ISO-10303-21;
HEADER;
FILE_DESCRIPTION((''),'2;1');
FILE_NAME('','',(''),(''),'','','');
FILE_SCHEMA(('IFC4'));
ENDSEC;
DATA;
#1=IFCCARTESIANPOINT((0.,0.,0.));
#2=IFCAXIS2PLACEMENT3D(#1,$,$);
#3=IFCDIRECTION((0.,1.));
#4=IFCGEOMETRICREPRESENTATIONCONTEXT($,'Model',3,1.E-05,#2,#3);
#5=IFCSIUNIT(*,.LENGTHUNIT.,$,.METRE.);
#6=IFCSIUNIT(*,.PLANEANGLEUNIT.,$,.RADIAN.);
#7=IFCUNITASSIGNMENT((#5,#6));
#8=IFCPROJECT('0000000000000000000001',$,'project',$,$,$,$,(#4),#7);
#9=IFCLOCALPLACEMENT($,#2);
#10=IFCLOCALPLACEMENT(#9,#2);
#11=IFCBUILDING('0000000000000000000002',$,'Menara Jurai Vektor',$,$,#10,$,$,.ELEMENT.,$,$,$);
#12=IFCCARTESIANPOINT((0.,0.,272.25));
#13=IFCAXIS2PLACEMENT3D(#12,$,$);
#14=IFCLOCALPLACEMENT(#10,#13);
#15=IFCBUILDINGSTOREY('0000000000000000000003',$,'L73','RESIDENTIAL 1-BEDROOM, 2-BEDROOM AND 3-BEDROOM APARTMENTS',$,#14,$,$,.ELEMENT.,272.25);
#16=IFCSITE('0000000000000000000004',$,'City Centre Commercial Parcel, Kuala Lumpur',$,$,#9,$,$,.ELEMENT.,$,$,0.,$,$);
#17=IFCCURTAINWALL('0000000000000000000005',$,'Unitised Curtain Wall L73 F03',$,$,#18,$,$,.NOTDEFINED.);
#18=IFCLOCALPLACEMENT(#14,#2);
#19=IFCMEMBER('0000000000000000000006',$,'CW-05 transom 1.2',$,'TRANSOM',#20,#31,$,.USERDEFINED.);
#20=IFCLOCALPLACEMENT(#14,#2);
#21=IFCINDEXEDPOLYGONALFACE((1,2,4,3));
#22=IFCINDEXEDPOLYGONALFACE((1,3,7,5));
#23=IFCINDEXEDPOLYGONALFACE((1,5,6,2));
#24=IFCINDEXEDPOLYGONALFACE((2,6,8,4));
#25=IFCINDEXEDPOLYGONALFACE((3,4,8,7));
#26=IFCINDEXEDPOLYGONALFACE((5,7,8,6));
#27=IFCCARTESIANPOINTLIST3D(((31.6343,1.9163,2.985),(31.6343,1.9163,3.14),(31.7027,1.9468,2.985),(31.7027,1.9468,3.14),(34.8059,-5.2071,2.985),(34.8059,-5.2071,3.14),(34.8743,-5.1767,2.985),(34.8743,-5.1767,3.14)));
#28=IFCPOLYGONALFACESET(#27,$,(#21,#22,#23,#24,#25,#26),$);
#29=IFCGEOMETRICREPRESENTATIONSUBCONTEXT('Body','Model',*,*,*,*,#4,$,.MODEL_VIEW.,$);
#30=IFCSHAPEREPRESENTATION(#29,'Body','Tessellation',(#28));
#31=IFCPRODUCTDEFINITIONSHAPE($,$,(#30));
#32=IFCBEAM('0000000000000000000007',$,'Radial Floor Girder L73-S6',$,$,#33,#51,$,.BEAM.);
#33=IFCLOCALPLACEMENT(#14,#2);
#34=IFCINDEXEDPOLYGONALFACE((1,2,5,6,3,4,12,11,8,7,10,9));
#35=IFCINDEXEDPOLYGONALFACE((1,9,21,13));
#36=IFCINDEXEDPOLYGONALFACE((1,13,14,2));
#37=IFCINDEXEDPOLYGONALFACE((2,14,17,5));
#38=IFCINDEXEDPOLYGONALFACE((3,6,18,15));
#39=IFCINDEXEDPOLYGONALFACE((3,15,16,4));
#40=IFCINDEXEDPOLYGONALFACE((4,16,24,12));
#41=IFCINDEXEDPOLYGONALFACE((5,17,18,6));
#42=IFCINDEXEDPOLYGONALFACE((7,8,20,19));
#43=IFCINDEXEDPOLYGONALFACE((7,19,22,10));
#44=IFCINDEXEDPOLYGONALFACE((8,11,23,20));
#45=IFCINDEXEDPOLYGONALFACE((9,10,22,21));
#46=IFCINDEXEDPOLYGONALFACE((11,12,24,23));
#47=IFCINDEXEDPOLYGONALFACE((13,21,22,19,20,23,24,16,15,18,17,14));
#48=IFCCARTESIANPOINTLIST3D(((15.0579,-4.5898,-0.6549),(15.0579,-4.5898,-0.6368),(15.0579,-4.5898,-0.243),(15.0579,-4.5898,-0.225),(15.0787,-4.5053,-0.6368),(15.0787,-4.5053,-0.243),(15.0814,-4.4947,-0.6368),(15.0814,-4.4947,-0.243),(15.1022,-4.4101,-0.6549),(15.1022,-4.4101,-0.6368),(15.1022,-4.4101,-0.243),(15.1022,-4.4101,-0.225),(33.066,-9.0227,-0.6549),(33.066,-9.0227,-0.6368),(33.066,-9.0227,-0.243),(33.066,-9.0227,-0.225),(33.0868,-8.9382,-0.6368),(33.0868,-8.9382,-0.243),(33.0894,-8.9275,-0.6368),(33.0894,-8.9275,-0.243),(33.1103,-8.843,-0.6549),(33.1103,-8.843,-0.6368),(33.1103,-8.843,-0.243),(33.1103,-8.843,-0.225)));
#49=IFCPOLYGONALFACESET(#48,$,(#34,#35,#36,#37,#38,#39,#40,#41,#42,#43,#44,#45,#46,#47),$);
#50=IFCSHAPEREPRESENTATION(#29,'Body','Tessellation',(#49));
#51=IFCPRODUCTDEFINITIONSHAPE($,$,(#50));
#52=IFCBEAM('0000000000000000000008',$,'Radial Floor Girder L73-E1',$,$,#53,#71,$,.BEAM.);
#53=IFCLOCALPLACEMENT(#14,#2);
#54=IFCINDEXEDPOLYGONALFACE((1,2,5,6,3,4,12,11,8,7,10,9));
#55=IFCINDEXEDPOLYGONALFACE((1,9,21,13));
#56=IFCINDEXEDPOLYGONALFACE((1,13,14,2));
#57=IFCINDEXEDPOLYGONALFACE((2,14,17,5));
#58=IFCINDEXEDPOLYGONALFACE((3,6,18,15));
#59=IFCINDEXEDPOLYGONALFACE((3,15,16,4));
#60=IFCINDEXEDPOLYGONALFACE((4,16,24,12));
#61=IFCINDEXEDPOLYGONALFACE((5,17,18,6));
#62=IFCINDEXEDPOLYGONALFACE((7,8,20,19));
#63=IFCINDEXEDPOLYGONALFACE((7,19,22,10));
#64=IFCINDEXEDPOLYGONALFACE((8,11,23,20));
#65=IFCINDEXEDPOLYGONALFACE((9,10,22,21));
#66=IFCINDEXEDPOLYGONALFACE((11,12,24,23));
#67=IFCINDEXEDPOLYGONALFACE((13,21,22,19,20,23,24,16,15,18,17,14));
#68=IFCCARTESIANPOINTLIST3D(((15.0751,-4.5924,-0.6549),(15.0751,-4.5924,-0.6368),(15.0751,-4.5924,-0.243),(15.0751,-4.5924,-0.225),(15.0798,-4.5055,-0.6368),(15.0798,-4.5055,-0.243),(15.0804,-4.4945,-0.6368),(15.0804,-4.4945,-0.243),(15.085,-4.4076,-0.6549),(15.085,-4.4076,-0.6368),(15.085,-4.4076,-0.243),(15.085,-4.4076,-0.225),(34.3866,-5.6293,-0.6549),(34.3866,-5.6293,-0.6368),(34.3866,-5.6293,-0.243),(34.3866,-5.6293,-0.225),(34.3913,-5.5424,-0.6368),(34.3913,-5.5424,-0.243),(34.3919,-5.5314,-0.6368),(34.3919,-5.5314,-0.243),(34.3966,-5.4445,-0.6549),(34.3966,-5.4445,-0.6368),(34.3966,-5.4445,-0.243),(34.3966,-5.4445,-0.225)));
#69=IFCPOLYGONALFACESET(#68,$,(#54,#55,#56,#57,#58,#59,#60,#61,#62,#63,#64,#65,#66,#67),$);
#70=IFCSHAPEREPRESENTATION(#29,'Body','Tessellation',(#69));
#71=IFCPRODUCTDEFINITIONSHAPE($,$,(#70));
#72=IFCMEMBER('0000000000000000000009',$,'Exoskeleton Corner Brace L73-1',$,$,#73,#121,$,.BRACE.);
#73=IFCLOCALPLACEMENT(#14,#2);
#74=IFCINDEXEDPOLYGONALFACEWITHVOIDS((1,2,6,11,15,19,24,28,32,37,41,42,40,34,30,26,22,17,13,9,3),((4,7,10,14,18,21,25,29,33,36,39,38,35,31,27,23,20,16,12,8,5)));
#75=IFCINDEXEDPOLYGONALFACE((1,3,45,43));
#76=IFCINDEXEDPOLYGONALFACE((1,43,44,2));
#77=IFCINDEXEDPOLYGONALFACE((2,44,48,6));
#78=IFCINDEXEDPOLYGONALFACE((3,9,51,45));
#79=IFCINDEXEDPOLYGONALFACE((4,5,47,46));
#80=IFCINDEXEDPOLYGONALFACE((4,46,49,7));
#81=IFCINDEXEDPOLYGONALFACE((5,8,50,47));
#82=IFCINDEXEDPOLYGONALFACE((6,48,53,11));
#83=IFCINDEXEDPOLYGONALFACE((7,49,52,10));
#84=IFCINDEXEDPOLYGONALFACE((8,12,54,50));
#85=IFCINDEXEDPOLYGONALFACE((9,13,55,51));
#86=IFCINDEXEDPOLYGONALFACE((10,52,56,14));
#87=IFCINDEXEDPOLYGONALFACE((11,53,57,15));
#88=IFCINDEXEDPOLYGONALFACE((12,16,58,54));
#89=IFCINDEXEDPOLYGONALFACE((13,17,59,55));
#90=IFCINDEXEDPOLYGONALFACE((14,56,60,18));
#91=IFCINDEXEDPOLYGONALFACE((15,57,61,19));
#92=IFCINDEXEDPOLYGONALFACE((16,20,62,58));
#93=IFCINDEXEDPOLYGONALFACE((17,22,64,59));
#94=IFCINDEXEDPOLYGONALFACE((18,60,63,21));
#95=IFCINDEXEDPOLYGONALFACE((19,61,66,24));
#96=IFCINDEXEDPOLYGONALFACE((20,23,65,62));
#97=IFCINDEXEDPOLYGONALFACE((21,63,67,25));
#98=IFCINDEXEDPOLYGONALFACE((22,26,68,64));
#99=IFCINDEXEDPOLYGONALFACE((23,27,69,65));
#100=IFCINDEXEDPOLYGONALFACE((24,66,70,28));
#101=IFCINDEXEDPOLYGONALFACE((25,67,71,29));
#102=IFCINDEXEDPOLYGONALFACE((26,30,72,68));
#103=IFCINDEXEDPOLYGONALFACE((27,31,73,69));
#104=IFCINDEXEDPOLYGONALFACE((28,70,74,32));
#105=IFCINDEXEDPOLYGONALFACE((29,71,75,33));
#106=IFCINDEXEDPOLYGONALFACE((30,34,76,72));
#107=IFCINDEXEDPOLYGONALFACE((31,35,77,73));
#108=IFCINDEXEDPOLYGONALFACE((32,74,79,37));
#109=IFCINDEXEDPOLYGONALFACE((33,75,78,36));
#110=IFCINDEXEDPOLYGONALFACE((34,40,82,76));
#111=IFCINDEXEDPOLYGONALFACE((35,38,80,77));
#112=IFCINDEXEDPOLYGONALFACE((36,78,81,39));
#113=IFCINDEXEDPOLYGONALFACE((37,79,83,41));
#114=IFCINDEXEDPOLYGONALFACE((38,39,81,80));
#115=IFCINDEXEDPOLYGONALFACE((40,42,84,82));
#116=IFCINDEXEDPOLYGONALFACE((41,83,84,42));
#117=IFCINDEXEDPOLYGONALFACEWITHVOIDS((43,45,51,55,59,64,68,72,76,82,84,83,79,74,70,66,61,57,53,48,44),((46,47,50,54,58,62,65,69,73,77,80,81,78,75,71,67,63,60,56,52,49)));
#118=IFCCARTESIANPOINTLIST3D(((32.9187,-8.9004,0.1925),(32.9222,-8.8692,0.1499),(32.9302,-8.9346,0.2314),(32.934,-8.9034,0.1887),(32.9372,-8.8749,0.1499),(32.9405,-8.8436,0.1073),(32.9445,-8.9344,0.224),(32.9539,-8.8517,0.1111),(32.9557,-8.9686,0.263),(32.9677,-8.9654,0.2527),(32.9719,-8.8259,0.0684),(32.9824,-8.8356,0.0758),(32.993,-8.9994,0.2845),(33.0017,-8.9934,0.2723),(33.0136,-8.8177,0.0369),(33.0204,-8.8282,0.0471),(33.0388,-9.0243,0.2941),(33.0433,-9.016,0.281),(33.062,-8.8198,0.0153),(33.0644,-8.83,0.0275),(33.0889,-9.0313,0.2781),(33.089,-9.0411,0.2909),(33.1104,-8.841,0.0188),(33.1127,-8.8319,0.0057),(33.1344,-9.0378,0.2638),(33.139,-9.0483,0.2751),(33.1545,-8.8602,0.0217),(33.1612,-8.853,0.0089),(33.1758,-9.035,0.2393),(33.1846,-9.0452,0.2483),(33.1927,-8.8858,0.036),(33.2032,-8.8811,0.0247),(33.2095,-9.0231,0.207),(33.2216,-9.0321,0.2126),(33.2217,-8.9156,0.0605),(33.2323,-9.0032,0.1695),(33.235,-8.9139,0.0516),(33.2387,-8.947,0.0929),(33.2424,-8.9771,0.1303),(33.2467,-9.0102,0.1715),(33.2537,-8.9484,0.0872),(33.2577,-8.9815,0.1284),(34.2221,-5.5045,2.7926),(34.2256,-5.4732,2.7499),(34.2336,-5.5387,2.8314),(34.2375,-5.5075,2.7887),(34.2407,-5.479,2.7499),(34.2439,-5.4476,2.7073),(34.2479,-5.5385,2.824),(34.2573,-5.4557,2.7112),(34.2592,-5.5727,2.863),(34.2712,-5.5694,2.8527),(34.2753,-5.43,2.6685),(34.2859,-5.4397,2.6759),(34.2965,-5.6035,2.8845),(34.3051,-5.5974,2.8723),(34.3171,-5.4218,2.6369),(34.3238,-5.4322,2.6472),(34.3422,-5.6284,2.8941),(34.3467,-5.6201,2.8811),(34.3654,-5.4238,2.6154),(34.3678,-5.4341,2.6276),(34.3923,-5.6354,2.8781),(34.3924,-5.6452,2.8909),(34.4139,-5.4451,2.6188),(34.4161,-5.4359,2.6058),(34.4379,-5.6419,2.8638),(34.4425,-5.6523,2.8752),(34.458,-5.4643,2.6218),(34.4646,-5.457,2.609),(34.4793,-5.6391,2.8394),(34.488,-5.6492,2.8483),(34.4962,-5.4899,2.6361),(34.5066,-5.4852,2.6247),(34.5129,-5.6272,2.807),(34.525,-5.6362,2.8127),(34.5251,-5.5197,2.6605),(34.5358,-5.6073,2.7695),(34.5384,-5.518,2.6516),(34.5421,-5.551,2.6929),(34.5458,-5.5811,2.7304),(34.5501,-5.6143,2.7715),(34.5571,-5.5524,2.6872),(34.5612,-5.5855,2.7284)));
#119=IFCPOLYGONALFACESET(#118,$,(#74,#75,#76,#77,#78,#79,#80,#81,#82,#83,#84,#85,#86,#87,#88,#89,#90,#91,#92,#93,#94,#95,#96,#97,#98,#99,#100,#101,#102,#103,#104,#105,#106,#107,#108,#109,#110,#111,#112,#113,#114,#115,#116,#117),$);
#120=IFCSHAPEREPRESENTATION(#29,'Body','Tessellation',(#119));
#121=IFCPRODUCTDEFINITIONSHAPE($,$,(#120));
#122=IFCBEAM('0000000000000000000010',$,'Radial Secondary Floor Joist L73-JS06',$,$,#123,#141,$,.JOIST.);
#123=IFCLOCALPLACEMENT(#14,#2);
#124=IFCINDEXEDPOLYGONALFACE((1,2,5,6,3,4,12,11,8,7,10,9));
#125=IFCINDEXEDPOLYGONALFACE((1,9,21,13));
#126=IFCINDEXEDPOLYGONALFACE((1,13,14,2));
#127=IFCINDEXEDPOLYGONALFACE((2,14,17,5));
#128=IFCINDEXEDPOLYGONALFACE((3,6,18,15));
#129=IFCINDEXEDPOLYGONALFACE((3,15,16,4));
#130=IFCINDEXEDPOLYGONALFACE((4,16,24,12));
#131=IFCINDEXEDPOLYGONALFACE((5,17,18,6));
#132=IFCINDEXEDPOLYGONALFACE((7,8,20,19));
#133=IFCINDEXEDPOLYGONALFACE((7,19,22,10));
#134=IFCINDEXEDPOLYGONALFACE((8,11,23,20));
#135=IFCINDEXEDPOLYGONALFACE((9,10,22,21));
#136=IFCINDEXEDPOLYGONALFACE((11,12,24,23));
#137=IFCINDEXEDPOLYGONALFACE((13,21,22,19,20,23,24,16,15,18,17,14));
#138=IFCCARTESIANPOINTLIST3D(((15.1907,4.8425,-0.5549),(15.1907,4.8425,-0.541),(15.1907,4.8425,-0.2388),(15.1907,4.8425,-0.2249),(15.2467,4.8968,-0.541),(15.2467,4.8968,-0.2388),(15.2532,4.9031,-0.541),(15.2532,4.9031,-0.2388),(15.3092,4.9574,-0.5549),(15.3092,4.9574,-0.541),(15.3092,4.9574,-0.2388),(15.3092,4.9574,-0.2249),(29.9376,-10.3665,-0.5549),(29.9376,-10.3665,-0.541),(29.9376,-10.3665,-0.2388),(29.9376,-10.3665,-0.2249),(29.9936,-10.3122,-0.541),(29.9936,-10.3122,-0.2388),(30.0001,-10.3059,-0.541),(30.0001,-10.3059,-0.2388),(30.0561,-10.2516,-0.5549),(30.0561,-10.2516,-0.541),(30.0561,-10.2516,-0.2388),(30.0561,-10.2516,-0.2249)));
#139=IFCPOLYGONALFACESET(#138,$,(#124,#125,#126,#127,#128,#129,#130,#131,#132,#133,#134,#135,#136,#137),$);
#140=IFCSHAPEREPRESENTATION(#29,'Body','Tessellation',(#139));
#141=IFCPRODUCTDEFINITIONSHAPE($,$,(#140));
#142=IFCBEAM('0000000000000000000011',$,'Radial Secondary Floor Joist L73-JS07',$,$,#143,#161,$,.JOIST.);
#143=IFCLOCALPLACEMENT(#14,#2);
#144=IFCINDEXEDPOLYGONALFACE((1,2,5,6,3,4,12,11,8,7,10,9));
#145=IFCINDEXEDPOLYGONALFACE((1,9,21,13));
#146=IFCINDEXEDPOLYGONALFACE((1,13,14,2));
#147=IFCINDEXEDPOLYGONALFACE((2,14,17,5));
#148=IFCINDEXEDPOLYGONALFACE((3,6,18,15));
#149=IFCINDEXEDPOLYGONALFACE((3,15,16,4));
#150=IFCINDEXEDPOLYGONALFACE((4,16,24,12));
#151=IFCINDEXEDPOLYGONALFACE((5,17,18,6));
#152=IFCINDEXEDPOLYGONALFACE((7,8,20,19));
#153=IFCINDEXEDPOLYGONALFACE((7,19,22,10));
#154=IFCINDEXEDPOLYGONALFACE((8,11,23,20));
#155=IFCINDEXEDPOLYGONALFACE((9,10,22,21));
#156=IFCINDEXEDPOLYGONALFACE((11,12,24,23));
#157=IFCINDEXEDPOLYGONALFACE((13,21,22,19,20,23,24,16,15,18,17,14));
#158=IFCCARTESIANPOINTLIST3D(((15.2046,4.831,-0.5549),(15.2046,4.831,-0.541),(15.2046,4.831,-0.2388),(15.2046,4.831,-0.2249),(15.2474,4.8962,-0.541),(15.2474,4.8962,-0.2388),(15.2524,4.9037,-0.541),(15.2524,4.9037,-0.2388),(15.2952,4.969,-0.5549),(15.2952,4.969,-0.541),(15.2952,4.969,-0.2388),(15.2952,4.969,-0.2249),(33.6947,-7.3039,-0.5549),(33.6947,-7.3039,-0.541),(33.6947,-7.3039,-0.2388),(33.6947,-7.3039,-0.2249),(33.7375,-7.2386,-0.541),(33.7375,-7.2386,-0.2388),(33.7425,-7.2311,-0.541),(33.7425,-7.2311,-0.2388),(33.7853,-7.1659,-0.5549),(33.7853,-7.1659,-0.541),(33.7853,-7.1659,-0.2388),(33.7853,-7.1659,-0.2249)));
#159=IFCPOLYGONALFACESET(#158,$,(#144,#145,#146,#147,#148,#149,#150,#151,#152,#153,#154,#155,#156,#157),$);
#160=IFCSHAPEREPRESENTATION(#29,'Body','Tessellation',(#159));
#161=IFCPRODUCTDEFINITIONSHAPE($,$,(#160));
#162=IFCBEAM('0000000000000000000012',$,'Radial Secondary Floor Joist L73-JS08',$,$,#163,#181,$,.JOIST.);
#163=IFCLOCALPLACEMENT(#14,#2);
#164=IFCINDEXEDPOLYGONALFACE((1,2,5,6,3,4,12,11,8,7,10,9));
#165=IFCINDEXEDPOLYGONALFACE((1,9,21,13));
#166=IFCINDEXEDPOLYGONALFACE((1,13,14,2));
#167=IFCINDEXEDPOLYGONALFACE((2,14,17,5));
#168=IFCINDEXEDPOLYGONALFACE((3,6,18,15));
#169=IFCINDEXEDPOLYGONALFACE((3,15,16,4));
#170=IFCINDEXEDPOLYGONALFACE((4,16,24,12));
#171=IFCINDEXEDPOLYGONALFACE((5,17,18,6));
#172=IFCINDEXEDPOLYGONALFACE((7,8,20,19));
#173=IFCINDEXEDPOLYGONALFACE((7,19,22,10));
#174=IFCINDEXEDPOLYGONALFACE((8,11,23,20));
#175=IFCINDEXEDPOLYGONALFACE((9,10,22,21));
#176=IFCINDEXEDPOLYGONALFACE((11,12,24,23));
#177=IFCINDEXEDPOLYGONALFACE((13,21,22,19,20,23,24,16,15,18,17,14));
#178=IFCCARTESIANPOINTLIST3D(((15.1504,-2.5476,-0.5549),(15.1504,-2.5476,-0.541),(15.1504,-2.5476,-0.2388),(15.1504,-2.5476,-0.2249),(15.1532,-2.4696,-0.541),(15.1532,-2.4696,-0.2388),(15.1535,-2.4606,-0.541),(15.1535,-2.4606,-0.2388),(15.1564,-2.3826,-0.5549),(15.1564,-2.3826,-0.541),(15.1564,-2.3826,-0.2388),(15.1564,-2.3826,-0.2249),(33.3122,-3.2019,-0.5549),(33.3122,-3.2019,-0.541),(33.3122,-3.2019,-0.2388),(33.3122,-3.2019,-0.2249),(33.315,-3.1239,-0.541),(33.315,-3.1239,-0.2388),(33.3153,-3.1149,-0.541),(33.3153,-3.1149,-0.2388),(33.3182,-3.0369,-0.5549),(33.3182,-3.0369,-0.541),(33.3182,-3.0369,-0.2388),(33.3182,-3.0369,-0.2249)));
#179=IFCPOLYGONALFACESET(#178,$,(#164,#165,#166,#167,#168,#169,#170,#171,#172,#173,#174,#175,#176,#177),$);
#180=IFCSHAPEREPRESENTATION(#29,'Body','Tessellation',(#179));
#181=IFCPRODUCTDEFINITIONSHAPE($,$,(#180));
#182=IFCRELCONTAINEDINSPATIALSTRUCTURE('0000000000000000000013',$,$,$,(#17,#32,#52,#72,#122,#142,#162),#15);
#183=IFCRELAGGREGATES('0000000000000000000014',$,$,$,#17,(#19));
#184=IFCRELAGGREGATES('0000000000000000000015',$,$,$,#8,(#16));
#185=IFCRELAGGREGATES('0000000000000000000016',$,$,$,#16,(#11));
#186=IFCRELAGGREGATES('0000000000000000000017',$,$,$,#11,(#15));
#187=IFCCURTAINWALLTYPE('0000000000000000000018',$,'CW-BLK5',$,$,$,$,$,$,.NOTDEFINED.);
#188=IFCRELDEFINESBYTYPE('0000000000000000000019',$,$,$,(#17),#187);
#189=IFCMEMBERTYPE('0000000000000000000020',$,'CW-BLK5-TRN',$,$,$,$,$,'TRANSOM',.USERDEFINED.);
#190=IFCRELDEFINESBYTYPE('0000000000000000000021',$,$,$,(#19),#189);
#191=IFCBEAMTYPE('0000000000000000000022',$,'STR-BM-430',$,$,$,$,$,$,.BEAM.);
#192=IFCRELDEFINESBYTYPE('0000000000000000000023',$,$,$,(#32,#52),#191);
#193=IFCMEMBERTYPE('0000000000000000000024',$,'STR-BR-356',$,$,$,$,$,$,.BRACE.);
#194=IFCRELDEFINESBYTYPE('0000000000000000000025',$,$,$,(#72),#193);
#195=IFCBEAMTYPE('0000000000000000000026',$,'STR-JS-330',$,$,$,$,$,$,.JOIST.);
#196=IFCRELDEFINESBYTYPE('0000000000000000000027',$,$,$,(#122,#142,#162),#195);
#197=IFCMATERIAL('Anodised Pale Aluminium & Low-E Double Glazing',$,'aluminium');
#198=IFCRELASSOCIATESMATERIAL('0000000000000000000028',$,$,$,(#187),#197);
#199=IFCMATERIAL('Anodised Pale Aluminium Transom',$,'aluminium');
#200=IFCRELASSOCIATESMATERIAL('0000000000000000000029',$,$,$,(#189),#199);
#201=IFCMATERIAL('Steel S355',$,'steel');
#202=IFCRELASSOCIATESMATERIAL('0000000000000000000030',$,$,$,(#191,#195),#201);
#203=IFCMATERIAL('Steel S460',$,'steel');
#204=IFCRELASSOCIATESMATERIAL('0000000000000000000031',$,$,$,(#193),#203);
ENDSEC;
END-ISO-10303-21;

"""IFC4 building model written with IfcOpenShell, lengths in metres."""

from ifc_helpers import new_model, si_unit, direction, frame, origin, origin_2d, place, context, subcontext, project, spatial, rectangle, hollow_circle, i_section, extrude, material, material_profile, profile_set, type_object, element, aggregate, save


model = new_model("IFC4")

# Units and contexts
model_context = context("Model", 3, precision=1e-05, world=origin(), true_north=direction((0.0, 1.0)))
body_context = subcontext(model_context, "Body", "Model", "MODEL_VIEW")
ifc_project = project(units=[si_unit("LENGTHUNIT", "METRE"), si_unit("PLANEANGLEUNIT", "RADIAN")], contexts=[model_context])

# Site, building, storey
site_placement = place(None, origin())
site = spatial("IfcSite", under=ifc_project, at=site_placement, Name="City Centre Commercial Parcel, Kuala Lumpur", CompositionType="ELEMENT", RefElevation=0.0)
building_placement = place(site_placement, origin())
building = spatial("IfcBuilding", under=site, at=building_placement, Name="Menara Jurai Vektor", CompositionType="ELEMENT")
storey_placement = place(building_placement, frame((0.0, 0.0, 272.25)))
storey = spatial("IfcBuildingStorey", under=building, at=storey_placement, Name="L73", Description="RESIDENTIAL 1-BEDROOM, 2-BEDROOM AND 3-BEDROOM APARTMENTS", CompositionType="ELEMENT", Elevation=272.25)

# Shared definitions
ifc_material_1 = material(Name="Steel S460", Category="steel")

# Shared definitions
ifc_material_2 = material(Name="Anodised Pale Aluminium & Low-E Double Glazing", Category="aluminium")
curtain_wall_type = type_object("IfcCurtainWallType", Name="CW-BLK5", PredefinedType="NOTDEFINED", material=ifc_material_2)

# Curtain wall
curtain_wall_1_placement = place(storey_placement, origin())
curtain_wall_1 = element("IfcCurtainWall", 1, at=curtain_wall_1_placement, inside=storey, type_object=curtain_wall_type, Name="Unitised Curtain Wall L73 F03", PredefinedType="NOTDEFINED")

# Member
ifc_material_3 = material(Name="Anodised Pale Aluminium Transom", Category="aluminium")
ifc_material_profile_1 = material_profile(ifc_material_3, rectangle(XDim=0.075, YDim=0.155, at=origin_2d()), Name="ALU TRN 75x155")
ifc_profile_set_1 = profile_set([ifc_material_profile_1], Name="Anodised Pale Aluminium Transom")
member_type_1 = type_object("IfcMemberType", Name="CW-BLK5-TRN", ElementType="TRANSOM", PredefinedType="USERDEFINED", material=ifc_profile_set_1)
member_1_placement = place(storey_placement, frame((34.8401, -5.1919, 3.0625), z_axis=(-0.40674, 0.913544, 0.0), x_axis=(-0.913544, -0.40674, 0.0)))
member_1 = element("IfcMember", 2, at=member_1_placement, type_object=member_type_1, Name="CW-05 transom 1.2", ObjectType="TRANSOM", PredefinedType="USERDEFINED", context=body_context, shape_type="SweptSolid", body=[
    extrude(rectangle(XDim=0.075, YDim=0.155, at=origin_2d()), origin(), (0.0, 0.0, 1.0), 7.7976),
])

# Beams
ifc_material_4 = material(Name="Steel S355", Category="steel")
ifc_material_profile_2 = material_profile(ifc_material_4, i_section(OverallWidth=0.1851, OverallDepth=0.4299, WebThickness=0.011, FlangeThickness=0.0181, at=origin_2d()), Name="PG 430x185x76")
ifc_profile_set_2 = profile_set([ifc_material_profile_2], Name="Steel S355")
beam_type_1 = type_object("IfcBeamType", Name="STR-BM-430", PredefinedType="BEAM", material=ifc_profile_set_2)
beam_1_placement = place(storey_placement, frame((33.0881, -8.9329, -0.4399), z_axis=(-0.971014, 0.239025, 0.0), x_axis=(-0.239025, -0.971014, 0.0)))
element("IfcBeam", 3, at=beam_1_placement, inside=storey, type_object=beam_type_1, Name="Radial Floor Girder L73-S6", PredefinedType="BEAM", context=body_context, shape_type="SweptSolid", body=[
    extrude(i_section(OverallWidth=0.1851, OverallDepth=0.4299, WebThickness=0.011, FlangeThickness=0.0181, at=origin_2d()), origin(), (0.0, 0.0, 1.0), 18.5457),
])
beam_2_placement = place(storey_placement, frame((34.3916, -5.5369, -0.4399), z_axis=(-0.998562, 0.053614, 0.0), x_axis=(-0.053614, -0.998562, 0.0)))
element("IfcBeam", 4, at=beam_2_placement, inside=storey, type_object=beam_type_1, Name="Radial Floor Girder L73-E1", PredefinedType="BEAM", context=body_context, shape_type="SweptSolid", body=[
    extrude(i_section(OverallWidth=0.1851, OverallDepth=0.4299, WebThickness=0.011, FlangeThickness=0.0181, at=origin_2d()), origin(), (0.0, 0.0, 1.0), 19.3394),
])

# Member
ifc_material_profile_3 = material_profile(ifc_material_1, hollow_circle(Radius=0.1777, WallThickness=0.0161, at=origin_2d()), Name="CHS 355.6x16")
ifc_profile_set_3 = profile_set([ifc_material_profile_3], Name="Steel S460")
member_type_2 = type_object("IfcMemberType", Name="STR-BR-356", PredefinedType="BRACE", material=ifc_profile_set_3)
member_2_placement = place(storey_placement, frame((33.0881, -8.9329, 0.1499), z_axis=(0.29152, 0.759514, 0.581511), x_axis=(-0.933593, 0.358336, 0.0)))
element("IfcMember", 5, at=member_2_placement, inside=storey, type_object=member_type_2, Name="Exoskeleton Corner Brace L73-1", PredefinedType="BRACE", context=body_context, shape_type="SweptSolid", body=[
    extrude(hollow_circle(Radius=0.1777, WallThickness=0.0161, at=origin_2d()), origin(), (0.0, 0.0, 1.0), 4.4712),
])

# Beams
ifc_material_profile_4 = material_profile(ifc_material_4, i_section(OverallWidth=0.165, OverallDepth=0.3301, WebThickness=0.009, FlangeThickness=0.0139, at=origin_2d()), Name="PG 330x165x46")
ifc_profile_set_4 = profile_set([ifc_material_profile_4], Name="Steel S355")
beam_type_2 = type_object("IfcBeamType", Name="STR-JS-330", PredefinedType="JOIST", material=ifc_profile_set_4)
beam_3_placement = place(storey_placement, frame((29.9968, -10.3091, -0.3899), z_axis=(-0.696115, 0.717931, 0.0), x_axis=(-0.717931, -0.696115, 0.0)))
element("IfcBeam", 6, at=beam_3_placement, inside=storey, type_object=beam_type_2, Name="Radial Secondary Floor Joist L73-JS06", PredefinedType="JOIST", context=body_context, shape_type="SweptSolid", body=[
    extrude(i_section(OverallWidth=0.165, OverallDepth=0.3301, WebThickness=0.009, FlangeThickness=0.0139, at=origin_2d()), origin(), (0.0, 0.0, 1.0), 21.1846),
])
beam_4_placement = place(storey_placement, frame((33.74, -7.2349, -0.3899), z_axis=(-0.836033, 0.548679, 0.0), x_axis=(-0.548679, -0.836033, 0.0)))
element("IfcBeam", 7, at=beam_4_placement, inside=storey, type_object=beam_type_2, Name="Radial Secondary Floor Joist L73-JS07", PredefinedType="JOIST", context=body_context, shape_type="SweptSolid", body=[
    extrude(i_section(OverallWidth=0.165, OverallDepth=0.3301, WebThickness=0.009, FlangeThickness=0.0139, at=origin_2d()), origin(), (0.0, 0.0, 1.0), 22.1165),
])
beam_5_placement = place(storey_placement, frame((33.3152, -3.1194, -0.3899), z_axis=(-0.999352, 0.036003, 0.0), x_axis=(-0.036003, -0.999352, 0.0)))
element("IfcBeam", 8, at=beam_5_placement, inside=storey, type_object=beam_type_2, Name="Radial Secondary Floor Joist L73-JS08", PredefinedType="JOIST", context=body_context, shape_type="SweptSolid", body=[
    extrude(i_section(OverallWidth=0.165, OverallDepth=0.3301, WebThickness=0.009, FlangeThickness=0.0139, at=origin_2d()), origin(), (0.0, 0.0, 1.0), 18.1736),
])

aggregate(curtain_wall_1, [member_1])

save(model, "model.ifc")
